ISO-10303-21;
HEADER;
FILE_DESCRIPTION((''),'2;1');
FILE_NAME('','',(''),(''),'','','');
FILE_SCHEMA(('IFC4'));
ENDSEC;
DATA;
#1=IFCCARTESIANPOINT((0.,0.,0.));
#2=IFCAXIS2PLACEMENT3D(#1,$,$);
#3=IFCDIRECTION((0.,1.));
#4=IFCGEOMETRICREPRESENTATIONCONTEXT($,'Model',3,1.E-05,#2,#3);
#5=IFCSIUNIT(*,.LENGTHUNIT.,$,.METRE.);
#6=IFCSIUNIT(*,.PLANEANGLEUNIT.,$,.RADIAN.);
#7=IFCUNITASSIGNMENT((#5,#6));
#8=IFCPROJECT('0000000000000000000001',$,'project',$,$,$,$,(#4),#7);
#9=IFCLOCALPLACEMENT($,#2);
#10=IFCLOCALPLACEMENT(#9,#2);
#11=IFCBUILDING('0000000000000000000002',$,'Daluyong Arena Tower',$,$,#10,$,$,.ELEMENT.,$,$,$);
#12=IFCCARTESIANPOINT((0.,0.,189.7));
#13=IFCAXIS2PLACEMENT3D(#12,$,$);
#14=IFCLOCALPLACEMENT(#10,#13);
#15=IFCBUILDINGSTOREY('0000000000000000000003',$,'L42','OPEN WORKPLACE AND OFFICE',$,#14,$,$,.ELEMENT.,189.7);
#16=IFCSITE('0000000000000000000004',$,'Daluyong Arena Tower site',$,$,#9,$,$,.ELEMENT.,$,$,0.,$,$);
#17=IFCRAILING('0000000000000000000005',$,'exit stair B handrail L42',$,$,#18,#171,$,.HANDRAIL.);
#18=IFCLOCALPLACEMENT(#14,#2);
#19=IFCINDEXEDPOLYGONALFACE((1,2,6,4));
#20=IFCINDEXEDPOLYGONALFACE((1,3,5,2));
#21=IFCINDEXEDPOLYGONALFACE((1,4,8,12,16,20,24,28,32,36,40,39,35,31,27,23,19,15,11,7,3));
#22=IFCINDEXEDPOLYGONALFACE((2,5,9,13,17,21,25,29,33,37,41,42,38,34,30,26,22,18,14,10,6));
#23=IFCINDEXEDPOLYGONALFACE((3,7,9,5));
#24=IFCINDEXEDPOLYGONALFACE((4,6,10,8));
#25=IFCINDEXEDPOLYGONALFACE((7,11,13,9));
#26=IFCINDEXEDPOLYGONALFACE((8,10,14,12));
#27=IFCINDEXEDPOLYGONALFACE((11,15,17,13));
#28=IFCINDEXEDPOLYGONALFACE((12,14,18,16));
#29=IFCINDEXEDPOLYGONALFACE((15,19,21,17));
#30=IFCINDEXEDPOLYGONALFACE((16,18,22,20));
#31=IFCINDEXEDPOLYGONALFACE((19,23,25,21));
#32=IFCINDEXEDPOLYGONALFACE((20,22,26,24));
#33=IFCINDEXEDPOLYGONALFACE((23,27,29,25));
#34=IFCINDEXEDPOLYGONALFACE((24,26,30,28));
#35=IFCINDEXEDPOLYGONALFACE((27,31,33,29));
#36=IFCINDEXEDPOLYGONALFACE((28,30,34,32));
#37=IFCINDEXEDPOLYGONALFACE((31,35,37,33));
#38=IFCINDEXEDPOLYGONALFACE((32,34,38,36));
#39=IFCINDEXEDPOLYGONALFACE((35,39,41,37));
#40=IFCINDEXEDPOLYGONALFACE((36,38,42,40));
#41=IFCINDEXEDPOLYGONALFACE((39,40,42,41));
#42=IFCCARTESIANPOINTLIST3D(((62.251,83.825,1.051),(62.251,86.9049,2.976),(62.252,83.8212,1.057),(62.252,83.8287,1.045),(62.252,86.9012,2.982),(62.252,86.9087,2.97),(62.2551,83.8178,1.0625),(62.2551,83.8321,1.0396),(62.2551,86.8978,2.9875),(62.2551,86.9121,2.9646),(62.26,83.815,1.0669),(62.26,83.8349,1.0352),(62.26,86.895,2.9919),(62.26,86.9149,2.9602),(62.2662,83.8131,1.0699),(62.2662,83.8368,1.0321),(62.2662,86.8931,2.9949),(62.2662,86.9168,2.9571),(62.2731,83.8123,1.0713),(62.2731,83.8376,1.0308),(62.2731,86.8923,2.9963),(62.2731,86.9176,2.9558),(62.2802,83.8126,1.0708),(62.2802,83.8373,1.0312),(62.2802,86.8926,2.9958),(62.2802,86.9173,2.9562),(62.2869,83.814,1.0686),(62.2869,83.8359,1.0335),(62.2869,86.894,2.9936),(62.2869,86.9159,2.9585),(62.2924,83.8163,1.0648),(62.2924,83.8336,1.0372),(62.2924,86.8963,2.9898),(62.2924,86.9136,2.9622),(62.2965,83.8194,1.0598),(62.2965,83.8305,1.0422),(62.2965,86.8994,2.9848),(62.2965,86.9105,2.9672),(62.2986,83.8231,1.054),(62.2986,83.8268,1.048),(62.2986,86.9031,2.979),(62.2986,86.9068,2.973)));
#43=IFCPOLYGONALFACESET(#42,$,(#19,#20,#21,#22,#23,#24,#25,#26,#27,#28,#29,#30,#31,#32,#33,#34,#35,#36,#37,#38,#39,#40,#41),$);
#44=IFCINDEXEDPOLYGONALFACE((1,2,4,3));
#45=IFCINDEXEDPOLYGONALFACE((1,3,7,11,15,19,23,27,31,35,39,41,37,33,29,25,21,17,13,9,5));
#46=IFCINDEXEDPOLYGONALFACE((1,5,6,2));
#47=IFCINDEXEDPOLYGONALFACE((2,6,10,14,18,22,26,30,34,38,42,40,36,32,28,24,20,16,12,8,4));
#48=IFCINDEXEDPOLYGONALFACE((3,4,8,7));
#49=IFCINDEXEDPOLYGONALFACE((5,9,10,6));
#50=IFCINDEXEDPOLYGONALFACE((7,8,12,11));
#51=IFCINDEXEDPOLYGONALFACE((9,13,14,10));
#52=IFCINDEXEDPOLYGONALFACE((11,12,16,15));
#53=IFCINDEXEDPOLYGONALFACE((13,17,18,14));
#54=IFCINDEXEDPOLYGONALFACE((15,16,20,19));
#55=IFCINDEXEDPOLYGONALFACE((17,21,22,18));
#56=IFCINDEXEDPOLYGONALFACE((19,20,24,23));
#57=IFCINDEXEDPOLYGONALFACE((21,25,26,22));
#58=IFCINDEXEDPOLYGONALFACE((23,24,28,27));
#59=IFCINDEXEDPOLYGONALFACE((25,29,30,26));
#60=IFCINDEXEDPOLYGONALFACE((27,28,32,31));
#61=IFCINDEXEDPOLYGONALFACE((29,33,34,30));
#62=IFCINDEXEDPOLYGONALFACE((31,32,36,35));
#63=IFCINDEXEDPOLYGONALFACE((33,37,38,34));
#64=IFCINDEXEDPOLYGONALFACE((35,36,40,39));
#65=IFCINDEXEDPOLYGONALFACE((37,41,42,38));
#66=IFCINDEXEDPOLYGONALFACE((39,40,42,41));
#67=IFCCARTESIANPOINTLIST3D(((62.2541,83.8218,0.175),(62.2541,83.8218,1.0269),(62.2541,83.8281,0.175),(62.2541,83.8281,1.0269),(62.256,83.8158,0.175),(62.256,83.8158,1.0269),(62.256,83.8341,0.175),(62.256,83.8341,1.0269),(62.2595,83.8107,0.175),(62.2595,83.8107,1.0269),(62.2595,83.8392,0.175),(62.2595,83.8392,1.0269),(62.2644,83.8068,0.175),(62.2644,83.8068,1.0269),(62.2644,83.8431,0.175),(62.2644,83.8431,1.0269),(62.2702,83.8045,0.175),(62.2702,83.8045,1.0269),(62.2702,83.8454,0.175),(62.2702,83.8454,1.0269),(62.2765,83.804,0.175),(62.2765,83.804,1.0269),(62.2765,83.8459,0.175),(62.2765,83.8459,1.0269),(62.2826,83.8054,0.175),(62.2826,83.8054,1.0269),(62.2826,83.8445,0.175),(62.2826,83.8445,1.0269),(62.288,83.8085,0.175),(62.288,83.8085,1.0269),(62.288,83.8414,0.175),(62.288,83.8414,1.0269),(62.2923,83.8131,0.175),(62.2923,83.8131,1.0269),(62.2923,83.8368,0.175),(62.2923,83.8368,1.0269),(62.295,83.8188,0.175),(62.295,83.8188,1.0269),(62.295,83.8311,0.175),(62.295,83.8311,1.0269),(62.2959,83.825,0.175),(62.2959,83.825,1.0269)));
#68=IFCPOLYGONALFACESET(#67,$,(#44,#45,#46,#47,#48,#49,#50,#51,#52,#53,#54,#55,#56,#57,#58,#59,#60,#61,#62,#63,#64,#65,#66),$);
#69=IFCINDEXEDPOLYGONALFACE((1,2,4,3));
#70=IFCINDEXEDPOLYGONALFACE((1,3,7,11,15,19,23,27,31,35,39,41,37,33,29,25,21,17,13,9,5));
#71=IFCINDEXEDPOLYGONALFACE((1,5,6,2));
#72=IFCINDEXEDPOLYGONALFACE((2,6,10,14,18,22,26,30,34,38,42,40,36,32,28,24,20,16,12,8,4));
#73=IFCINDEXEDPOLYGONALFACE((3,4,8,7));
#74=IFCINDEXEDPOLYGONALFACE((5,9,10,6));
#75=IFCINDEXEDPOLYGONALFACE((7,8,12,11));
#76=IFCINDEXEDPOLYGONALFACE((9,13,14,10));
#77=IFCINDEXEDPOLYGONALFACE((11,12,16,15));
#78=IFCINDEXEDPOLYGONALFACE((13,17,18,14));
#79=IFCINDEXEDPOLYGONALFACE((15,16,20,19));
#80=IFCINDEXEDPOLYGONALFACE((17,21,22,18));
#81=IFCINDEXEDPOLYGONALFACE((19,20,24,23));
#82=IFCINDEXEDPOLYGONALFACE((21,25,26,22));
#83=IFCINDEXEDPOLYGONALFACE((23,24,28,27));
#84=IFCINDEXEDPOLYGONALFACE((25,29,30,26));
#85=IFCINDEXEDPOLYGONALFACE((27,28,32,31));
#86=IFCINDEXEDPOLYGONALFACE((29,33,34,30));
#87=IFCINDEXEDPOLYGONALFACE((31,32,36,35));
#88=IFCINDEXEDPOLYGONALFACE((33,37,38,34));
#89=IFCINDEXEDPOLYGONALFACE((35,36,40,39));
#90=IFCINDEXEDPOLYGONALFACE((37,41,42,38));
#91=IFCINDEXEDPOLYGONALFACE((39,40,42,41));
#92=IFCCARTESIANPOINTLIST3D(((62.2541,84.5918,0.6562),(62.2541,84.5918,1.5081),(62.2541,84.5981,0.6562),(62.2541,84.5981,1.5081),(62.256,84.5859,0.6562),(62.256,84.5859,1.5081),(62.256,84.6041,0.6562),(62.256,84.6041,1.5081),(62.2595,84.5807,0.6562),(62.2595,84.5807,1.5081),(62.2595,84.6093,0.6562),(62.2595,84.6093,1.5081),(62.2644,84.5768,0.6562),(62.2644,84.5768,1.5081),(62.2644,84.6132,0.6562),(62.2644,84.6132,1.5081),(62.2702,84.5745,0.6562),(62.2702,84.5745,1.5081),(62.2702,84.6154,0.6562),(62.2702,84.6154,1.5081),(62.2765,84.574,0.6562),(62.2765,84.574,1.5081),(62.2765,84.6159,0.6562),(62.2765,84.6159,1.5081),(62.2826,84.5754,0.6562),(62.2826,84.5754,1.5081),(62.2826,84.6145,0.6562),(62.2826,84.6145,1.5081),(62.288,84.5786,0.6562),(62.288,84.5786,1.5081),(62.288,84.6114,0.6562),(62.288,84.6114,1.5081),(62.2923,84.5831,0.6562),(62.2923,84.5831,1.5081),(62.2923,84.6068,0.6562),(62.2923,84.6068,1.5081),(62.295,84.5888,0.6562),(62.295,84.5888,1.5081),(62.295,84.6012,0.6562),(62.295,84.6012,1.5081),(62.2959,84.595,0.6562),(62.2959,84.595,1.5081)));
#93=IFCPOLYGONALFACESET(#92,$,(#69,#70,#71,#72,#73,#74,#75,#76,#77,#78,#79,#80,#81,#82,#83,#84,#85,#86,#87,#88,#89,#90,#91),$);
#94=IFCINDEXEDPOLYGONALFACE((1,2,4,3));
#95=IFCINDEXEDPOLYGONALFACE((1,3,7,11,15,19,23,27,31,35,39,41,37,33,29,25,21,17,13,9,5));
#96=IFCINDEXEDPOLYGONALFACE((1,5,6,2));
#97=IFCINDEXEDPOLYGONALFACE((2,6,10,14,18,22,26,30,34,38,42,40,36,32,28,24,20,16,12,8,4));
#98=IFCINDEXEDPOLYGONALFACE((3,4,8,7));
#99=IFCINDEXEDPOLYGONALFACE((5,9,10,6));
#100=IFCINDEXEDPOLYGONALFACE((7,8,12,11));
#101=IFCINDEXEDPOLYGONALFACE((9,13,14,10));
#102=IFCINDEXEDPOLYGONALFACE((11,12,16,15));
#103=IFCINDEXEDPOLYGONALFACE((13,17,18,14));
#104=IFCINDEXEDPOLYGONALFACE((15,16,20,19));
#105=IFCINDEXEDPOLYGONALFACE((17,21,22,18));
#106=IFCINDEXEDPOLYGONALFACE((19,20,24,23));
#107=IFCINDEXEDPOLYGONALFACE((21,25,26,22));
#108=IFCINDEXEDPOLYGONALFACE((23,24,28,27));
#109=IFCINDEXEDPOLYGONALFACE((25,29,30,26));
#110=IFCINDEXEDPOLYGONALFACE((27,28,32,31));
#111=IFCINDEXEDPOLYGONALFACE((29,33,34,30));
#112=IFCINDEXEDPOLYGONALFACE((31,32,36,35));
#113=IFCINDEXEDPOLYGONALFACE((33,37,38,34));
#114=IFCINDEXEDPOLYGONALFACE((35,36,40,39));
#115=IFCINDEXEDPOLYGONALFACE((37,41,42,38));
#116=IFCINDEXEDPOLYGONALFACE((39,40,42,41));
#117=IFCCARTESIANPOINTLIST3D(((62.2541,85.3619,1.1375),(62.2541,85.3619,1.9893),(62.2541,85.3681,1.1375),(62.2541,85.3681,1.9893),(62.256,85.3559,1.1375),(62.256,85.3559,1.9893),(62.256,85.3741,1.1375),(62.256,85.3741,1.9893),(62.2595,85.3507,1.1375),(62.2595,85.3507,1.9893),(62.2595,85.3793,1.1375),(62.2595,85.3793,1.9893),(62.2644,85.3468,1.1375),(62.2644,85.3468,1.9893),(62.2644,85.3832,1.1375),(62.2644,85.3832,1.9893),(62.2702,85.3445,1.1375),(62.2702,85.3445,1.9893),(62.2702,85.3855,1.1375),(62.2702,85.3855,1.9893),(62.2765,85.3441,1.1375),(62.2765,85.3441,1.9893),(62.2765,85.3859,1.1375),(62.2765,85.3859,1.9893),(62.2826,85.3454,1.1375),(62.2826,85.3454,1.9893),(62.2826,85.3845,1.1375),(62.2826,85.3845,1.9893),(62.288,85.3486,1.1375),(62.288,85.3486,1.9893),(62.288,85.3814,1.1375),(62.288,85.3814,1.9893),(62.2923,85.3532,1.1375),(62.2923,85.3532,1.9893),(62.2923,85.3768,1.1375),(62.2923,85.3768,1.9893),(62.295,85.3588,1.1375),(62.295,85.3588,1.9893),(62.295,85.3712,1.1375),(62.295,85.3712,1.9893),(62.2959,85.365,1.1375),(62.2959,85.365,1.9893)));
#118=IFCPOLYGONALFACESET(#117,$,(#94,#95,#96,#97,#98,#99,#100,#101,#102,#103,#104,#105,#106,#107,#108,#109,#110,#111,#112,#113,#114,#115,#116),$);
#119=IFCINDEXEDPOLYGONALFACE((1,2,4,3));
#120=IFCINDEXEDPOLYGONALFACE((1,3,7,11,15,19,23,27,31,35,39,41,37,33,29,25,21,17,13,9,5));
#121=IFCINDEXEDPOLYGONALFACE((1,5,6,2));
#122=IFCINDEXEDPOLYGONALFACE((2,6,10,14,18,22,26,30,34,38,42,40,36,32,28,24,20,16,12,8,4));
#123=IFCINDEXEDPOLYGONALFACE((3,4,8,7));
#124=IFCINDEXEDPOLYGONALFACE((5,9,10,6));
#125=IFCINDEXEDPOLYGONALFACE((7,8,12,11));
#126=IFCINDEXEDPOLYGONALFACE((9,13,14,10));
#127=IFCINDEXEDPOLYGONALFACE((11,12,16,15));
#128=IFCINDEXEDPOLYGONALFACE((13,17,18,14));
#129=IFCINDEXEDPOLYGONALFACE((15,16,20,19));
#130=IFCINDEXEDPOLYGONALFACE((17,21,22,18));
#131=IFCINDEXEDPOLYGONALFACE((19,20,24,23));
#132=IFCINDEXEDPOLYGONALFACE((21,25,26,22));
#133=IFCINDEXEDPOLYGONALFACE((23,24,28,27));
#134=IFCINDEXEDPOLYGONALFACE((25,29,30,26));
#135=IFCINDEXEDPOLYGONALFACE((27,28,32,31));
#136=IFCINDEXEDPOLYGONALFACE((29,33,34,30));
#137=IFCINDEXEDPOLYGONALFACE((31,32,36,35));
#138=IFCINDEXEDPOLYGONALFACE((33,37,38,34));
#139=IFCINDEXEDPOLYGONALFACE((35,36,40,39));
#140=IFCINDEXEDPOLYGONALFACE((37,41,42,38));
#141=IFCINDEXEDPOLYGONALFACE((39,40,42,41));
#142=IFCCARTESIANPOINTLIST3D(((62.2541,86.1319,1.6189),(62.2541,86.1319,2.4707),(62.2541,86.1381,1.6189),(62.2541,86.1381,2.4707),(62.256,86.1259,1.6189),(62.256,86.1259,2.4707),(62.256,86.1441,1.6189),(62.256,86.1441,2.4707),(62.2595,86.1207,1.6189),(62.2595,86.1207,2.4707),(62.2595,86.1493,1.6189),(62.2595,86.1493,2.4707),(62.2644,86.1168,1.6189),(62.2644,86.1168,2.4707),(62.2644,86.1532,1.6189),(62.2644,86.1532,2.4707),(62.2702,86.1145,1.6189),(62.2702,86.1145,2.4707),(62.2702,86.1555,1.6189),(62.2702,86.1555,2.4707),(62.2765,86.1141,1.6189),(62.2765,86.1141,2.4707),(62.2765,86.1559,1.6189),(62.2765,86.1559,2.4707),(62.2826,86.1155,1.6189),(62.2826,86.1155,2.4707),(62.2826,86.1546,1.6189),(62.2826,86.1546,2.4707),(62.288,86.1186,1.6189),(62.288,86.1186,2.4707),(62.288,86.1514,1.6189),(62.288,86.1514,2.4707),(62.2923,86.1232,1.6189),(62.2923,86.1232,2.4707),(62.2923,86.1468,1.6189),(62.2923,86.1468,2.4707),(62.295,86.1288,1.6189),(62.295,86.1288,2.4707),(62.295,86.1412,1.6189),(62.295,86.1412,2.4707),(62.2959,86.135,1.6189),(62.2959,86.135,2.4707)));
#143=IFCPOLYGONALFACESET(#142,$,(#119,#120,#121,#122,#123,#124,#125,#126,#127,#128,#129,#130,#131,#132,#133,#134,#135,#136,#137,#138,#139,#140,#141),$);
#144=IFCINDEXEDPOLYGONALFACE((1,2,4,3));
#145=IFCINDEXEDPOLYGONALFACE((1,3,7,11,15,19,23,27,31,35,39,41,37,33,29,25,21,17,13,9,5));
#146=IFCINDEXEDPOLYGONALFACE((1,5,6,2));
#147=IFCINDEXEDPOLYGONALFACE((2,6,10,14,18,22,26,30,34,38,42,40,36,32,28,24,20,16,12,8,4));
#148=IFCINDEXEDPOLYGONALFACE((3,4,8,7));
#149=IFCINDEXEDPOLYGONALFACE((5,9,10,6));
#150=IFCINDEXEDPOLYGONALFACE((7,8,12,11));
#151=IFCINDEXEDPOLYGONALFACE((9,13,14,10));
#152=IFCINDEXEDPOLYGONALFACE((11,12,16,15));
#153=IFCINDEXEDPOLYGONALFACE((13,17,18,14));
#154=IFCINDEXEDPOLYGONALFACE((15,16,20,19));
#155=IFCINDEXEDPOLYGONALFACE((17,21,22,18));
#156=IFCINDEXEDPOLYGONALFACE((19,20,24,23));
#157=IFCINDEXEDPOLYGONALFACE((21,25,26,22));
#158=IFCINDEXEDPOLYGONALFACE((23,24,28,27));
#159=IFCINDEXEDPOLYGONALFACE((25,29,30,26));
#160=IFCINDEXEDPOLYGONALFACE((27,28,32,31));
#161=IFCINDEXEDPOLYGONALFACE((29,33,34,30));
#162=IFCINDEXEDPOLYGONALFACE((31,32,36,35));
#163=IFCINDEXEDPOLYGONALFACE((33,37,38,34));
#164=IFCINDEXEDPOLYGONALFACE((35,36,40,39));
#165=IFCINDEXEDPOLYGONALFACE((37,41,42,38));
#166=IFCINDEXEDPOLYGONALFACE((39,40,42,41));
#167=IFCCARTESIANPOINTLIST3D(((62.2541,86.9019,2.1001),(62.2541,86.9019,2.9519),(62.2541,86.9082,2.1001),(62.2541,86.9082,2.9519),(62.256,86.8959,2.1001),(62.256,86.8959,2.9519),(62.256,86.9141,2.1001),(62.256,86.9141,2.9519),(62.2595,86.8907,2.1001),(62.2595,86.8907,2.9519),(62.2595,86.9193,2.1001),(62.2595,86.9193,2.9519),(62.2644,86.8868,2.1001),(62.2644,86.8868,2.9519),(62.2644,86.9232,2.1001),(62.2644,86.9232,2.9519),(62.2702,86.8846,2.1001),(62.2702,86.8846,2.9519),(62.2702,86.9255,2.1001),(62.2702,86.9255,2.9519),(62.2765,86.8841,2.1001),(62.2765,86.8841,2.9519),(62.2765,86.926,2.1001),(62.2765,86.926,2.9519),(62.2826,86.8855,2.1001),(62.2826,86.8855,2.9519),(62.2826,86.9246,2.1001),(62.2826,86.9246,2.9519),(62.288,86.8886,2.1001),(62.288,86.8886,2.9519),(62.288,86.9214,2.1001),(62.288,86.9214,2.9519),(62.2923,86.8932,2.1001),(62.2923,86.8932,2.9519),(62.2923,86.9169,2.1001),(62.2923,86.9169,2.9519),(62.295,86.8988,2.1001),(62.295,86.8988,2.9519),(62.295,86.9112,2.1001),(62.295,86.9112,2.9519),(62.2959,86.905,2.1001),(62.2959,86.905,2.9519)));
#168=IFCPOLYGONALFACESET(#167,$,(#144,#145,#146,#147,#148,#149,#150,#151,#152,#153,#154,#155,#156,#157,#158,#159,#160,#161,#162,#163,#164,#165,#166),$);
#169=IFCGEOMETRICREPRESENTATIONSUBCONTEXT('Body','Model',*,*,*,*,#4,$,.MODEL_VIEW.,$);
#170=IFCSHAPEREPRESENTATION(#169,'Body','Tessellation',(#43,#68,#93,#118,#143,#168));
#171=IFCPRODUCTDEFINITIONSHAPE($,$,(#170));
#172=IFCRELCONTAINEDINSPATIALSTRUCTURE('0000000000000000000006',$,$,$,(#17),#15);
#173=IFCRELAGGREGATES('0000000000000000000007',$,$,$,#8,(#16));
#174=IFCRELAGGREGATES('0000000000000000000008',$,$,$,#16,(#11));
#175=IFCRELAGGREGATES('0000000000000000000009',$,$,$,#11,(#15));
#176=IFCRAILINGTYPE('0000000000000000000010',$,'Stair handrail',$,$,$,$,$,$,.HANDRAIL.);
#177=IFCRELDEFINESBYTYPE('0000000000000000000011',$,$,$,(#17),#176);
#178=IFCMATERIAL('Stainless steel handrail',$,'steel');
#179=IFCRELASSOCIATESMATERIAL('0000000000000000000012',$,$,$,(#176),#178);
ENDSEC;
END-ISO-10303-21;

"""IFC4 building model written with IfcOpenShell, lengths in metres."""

from ifc_helpers import new_model, si_unit, direction, frame, origin, origin_2d, place, context, subcontext, project, spatial, circle, extrude, material, type_object, element, save


model = new_model("IFC4")

# Units and contexts
model_context = context("Model", 3, precision=1e-05, world=origin(), true_north=direction((0.0, 1.0)))
body_context = subcontext(model_context, "Body", "Model", "MODEL_VIEW")
ifc_project = project(units=[si_unit("LENGTHUNIT", "METRE"), si_unit("PLANEANGLEUNIT", "RADIAN")], contexts=[model_context])

# Site, building, storey
site_placement = place(None, origin())
site = spatial("IfcSite", under=ifc_project, at=site_placement, Name="Daluyong Arena Tower site", CompositionType="ELEMENT", RefElevation=0.0)
building_placement = place(site_placement, origin())
building = spatial("IfcBuilding", under=site, at=building_placement, Name="Daluyong Arena Tower", CompositionType="ELEMENT")
storey_placement = place(building_placement, frame((0.0, 0.0, 189.7)))
storey = spatial("IfcBuildingStorey", under=building, at=storey_placement, Name="L42", Description="OPEN WORKPLACE AND OFFICE", CompositionType="ELEMENT", Elevation=189.7)

# Railing
ifc_material_1 = material(Name="Stainless steel handrail", Category="steel")
railing_type_1 = type_object("IfcRailingType", Name="Stair handrail", PredefinedType="HANDRAIL", material=ifc_material_1)
railing_1_placement = place(storey_placement, frame((62.2749, 83.825, 0.175)))
element("IfcRailing", 1, at=railing_1_placement, inside=storey, type_object=railing_type_1, Name="exit stair B handrail L42", PredefinedType="HANDRAIL", context=body_context, shape_type="SweptSolid", body=[
    extrude(circle(Radius=0.0239, at=origin_2d()), frame((0.0, 0.0, 0.876), z_axis=(0.0, 0.847998, 0.529999), x_axis=(-1.0, 0.0, 0.0)), (0.0, 0.0, 1.0), 3.6321),
    extrude(circle(Radius=0.021, at=origin_2d()), origin(), (0.0, 0.0, 1.0), 0.8518),
    extrude(circle(Radius=0.021, at=origin_2d()), frame((0.0, 0.77, 0.4812)), (0.0, 0.0, 1.0), 0.8518),
    extrude(circle(Radius=0.021, at=origin_2d()), frame((0.0, 1.54, 0.9624)), (0.0, 0.0, 1.0), 0.8518),
    extrude(circle(Radius=0.021, at=origin_2d()), frame((0.0, 2.3101, 1.4438)), (0.0, 0.0, 1.0), 0.8518),
    extrude(circle(Radius=0.021, at=origin_2d()), frame((0.0, 3.0801, 1.925)), (0.0, 0.0, 1.0), 0.8518),
])

save(model, "model.ifc")
